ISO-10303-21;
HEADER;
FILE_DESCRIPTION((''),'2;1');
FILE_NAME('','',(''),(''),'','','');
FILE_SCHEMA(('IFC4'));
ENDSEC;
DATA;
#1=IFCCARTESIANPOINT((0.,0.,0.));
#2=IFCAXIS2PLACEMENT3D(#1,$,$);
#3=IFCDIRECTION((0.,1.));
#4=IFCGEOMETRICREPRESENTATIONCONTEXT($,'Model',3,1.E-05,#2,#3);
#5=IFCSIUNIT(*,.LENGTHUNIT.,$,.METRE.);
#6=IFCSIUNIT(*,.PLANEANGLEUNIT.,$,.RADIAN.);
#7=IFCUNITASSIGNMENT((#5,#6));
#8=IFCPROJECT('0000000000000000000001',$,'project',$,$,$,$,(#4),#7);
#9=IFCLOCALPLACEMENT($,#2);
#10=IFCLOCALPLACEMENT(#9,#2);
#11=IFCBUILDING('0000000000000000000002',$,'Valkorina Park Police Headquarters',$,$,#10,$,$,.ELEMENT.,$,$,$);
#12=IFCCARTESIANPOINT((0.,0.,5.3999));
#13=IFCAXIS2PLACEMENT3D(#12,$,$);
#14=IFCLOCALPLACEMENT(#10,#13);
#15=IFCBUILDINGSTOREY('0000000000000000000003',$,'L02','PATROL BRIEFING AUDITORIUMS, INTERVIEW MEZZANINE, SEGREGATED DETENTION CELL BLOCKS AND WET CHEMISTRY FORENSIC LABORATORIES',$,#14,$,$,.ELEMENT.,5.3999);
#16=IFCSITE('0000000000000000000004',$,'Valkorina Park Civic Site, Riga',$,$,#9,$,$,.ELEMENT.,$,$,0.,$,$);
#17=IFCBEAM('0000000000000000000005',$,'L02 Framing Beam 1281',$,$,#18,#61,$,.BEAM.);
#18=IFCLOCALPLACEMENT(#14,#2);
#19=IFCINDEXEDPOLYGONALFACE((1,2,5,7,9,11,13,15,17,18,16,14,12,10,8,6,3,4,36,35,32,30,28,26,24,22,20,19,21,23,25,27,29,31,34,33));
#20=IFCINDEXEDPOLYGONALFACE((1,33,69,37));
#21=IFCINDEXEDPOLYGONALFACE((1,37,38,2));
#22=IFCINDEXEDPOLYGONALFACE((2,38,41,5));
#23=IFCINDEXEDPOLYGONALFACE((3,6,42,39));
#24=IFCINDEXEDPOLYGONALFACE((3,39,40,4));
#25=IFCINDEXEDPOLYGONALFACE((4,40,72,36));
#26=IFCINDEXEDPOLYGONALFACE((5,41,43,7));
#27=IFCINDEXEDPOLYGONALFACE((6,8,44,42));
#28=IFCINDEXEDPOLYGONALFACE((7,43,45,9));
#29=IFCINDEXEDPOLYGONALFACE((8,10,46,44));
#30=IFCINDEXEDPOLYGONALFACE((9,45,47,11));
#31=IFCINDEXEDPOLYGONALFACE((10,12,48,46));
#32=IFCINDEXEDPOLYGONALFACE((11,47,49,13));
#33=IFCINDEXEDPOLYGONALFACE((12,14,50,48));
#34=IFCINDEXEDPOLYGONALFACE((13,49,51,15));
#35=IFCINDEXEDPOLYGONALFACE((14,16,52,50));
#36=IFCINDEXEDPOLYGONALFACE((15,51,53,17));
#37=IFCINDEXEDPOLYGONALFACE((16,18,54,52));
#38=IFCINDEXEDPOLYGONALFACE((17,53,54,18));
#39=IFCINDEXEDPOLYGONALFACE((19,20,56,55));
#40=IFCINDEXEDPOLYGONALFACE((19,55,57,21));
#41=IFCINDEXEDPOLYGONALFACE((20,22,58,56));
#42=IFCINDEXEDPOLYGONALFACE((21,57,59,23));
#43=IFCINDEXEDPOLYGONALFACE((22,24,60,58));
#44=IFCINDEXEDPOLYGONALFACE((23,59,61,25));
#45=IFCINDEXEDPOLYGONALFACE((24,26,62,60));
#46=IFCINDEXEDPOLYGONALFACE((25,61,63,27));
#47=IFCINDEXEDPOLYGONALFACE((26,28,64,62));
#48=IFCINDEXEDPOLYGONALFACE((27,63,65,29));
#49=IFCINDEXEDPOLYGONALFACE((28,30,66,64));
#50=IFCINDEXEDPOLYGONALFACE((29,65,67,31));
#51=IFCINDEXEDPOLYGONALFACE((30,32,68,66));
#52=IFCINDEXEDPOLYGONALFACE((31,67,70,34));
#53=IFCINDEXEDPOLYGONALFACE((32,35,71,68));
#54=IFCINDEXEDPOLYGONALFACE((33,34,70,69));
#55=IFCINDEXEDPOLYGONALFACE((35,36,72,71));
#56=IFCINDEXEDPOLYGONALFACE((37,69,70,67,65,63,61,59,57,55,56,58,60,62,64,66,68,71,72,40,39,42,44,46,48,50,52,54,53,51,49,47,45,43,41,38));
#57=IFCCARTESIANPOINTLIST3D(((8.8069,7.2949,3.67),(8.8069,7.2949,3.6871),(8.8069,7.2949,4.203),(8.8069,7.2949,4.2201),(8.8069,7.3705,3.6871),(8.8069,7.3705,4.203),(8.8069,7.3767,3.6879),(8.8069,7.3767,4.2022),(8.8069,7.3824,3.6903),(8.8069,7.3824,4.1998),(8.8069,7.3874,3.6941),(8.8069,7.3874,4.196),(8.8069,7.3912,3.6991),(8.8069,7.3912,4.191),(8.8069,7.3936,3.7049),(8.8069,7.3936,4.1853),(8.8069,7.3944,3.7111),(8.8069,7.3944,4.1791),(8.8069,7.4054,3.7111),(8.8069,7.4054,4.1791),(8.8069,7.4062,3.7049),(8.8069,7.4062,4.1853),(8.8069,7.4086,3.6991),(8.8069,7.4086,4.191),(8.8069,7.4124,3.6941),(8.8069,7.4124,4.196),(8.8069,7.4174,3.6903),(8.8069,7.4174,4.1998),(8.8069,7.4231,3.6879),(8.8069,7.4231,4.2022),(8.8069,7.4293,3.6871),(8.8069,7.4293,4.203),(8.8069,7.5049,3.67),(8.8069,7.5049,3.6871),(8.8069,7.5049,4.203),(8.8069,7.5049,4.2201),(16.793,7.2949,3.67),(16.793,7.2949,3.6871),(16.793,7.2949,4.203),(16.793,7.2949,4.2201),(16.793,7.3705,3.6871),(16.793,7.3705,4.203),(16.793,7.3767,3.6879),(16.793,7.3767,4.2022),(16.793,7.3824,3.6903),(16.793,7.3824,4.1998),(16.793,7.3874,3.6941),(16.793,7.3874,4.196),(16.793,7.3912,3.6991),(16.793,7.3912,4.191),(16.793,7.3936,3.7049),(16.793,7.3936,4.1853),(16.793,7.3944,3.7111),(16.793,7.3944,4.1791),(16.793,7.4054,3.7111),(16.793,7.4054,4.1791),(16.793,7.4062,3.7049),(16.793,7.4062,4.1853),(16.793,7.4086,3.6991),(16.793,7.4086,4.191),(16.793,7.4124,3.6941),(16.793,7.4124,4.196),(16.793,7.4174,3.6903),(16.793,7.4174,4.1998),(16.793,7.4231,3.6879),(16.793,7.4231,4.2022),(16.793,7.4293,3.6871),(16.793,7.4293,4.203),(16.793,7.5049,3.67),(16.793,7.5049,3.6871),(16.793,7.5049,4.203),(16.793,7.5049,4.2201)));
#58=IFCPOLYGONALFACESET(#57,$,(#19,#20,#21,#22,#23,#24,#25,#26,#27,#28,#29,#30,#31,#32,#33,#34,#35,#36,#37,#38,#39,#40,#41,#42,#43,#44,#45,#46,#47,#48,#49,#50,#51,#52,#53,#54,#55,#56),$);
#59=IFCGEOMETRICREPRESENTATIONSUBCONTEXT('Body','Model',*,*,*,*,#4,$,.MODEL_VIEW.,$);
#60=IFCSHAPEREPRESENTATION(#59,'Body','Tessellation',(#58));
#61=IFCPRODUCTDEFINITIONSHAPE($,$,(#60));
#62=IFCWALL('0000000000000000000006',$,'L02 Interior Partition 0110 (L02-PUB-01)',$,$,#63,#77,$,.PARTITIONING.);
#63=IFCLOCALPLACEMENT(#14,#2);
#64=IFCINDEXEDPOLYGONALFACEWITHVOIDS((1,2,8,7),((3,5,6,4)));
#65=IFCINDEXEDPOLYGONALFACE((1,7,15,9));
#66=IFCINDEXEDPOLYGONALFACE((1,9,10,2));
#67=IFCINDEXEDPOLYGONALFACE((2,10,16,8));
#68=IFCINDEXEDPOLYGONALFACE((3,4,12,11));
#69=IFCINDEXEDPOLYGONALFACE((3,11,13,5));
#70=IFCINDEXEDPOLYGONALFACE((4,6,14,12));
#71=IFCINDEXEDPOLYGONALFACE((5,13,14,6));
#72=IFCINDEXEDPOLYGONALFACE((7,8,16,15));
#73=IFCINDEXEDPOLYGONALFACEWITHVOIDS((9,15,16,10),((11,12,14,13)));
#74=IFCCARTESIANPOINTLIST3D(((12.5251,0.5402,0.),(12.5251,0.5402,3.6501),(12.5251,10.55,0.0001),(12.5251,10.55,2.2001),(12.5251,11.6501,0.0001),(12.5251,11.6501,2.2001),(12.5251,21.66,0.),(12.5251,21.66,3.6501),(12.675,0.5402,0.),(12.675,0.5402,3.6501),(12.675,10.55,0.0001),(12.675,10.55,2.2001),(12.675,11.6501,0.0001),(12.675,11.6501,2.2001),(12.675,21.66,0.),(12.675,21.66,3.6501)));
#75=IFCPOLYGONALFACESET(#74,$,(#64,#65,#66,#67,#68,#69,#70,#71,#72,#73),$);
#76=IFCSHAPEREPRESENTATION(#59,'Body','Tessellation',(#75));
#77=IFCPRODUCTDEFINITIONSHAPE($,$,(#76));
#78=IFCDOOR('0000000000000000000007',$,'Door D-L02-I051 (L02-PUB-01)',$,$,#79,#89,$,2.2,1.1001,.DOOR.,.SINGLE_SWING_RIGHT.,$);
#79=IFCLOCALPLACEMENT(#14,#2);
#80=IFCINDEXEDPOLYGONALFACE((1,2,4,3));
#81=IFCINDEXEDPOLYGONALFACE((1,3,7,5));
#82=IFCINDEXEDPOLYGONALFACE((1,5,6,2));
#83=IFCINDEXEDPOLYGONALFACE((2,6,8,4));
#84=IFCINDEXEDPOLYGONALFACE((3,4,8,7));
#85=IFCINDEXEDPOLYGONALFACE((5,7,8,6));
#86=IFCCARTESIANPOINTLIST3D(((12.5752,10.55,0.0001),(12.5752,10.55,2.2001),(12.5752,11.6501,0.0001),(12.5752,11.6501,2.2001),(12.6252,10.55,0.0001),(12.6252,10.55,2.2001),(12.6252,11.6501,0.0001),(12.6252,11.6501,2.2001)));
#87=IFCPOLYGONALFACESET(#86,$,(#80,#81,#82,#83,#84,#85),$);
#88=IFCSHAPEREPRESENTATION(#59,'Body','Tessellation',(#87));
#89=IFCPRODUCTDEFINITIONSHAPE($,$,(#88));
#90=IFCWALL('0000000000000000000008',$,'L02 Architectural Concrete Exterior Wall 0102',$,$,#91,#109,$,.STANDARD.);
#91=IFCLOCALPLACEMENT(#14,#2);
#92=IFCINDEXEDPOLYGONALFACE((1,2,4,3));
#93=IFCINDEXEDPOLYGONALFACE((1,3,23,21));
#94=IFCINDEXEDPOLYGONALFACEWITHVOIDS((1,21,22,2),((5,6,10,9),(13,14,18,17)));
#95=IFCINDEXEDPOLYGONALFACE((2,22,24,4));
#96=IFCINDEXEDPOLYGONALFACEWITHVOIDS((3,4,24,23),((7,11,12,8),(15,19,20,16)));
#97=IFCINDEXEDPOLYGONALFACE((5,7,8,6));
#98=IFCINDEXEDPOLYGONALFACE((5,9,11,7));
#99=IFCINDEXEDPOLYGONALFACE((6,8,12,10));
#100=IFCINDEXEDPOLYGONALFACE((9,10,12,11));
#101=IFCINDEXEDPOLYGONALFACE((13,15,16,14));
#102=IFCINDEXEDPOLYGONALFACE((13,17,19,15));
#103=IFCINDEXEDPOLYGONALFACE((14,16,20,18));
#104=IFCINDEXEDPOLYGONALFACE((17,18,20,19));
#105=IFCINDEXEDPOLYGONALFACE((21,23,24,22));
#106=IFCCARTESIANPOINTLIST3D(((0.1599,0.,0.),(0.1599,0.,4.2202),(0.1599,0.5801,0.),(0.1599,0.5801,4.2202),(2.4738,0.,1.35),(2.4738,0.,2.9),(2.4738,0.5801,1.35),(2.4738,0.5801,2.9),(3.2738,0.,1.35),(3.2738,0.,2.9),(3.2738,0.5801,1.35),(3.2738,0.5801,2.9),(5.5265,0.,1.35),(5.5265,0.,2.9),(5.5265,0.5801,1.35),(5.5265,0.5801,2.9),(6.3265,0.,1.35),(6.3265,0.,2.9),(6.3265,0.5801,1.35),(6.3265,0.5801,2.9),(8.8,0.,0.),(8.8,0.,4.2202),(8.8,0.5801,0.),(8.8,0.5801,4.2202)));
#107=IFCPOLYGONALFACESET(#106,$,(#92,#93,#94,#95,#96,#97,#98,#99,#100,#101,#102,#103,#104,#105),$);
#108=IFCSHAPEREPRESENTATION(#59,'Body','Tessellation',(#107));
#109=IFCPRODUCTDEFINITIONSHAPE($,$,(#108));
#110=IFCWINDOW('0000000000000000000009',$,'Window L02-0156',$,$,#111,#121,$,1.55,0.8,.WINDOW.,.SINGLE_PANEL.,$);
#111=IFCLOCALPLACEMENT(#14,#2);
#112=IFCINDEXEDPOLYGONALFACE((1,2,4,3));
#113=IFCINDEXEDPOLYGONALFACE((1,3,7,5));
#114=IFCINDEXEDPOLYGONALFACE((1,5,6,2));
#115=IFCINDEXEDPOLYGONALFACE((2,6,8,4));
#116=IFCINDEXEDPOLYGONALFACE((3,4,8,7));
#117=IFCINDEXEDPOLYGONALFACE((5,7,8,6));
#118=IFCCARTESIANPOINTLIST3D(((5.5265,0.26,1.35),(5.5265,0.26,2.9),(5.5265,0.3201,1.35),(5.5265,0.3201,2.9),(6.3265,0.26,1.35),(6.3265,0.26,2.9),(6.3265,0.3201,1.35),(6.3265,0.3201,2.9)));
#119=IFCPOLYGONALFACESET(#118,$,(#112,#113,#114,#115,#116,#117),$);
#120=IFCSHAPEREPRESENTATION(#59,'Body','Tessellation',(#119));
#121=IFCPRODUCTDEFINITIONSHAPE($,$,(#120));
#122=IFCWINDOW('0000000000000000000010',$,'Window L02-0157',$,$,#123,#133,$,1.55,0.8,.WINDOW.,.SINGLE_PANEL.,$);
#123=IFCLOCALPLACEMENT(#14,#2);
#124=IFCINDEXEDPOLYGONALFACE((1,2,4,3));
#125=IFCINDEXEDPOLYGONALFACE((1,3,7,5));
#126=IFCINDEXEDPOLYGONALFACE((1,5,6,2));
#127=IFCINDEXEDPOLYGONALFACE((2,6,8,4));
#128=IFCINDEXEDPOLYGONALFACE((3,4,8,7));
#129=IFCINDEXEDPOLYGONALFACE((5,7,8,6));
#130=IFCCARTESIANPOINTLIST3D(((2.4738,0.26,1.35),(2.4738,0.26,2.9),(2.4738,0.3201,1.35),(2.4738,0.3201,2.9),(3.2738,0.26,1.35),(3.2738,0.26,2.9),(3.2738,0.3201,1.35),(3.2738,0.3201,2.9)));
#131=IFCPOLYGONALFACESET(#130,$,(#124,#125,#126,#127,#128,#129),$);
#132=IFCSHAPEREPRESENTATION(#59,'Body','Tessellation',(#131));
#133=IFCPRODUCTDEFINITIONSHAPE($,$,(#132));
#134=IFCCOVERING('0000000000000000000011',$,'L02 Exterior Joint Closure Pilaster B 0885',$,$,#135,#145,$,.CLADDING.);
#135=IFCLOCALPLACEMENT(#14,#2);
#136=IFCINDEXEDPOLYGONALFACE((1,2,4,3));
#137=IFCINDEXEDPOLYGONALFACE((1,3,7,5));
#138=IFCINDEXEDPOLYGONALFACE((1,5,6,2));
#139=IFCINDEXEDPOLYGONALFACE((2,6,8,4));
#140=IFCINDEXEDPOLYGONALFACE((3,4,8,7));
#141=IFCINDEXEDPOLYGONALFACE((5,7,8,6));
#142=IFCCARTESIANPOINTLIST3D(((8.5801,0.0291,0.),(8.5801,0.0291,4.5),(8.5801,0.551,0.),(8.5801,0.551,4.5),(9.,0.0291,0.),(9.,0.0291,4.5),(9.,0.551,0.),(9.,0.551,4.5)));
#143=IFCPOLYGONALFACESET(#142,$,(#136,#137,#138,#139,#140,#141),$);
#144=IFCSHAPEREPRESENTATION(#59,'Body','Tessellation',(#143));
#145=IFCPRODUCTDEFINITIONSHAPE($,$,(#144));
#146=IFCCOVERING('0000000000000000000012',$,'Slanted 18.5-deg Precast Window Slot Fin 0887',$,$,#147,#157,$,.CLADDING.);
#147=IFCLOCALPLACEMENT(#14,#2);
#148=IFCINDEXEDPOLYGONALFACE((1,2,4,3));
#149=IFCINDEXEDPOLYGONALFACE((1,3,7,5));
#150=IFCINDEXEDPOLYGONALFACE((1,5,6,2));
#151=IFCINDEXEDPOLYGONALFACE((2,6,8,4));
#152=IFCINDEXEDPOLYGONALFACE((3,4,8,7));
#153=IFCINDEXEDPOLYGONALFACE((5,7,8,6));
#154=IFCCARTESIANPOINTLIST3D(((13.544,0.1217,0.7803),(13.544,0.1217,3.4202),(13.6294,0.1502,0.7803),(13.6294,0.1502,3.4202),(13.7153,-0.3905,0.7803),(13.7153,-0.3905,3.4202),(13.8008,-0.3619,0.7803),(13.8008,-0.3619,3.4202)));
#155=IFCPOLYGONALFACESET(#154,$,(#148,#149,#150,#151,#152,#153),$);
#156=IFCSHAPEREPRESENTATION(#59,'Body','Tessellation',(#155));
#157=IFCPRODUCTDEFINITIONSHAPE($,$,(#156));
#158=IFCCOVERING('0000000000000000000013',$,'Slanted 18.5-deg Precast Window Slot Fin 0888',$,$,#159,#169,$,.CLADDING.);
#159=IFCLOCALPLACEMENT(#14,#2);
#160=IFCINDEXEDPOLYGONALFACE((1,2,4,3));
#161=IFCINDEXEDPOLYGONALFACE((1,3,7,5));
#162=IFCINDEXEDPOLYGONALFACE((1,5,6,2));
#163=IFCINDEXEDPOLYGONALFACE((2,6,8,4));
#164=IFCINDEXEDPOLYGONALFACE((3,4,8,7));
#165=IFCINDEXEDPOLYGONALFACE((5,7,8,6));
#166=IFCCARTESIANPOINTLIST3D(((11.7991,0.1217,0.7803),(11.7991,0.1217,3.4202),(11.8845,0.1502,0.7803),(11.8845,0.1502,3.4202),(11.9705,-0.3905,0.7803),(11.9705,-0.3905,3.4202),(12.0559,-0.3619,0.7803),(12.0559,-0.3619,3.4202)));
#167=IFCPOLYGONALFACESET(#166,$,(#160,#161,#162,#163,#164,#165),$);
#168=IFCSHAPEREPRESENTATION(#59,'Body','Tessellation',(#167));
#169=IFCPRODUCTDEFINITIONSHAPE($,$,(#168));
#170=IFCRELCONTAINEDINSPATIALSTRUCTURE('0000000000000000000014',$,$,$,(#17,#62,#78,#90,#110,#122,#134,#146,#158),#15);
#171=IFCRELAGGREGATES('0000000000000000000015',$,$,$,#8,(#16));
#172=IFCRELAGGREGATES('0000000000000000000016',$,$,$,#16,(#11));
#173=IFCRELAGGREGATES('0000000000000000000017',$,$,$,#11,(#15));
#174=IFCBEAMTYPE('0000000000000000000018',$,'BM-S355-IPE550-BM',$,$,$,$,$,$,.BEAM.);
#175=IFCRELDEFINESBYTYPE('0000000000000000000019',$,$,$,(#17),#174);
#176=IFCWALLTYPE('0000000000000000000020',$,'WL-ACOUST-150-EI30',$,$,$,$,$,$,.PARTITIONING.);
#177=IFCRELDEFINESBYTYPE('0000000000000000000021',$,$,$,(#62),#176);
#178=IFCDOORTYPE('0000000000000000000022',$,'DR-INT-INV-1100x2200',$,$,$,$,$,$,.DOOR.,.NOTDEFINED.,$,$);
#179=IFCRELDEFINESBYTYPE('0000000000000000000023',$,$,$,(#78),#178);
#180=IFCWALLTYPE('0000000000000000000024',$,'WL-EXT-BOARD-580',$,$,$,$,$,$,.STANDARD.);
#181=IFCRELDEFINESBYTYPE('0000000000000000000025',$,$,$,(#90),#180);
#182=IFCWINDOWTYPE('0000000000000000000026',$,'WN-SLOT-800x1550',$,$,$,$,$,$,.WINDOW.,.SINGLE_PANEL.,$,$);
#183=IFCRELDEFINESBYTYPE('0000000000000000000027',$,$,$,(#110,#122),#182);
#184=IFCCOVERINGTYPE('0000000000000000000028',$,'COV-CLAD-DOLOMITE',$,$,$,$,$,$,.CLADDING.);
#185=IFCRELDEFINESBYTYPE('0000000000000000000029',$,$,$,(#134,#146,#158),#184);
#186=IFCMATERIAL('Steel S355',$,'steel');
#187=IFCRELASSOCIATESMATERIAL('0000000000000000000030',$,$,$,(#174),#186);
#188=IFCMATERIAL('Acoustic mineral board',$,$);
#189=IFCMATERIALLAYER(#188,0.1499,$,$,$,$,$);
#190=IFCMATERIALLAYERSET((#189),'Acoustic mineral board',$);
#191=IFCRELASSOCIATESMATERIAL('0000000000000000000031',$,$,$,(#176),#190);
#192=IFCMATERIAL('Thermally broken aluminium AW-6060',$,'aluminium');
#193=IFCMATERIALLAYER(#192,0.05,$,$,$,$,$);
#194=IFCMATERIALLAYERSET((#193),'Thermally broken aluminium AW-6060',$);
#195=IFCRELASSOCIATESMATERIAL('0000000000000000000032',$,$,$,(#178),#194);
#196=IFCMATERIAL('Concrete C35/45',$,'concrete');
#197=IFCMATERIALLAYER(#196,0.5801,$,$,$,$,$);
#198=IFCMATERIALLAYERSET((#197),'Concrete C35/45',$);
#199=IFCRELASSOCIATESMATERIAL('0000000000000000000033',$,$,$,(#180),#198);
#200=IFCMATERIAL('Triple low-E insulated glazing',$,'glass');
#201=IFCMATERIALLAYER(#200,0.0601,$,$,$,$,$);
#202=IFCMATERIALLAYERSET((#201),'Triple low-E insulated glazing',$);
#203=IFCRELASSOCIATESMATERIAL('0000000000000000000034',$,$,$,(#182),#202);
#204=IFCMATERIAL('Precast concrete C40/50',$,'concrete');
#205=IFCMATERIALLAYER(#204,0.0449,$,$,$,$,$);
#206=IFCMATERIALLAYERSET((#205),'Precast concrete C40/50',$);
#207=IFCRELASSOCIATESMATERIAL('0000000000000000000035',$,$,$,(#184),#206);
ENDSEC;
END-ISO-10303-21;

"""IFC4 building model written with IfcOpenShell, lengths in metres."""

from ifc_helpers import new_model, si_unit, direction, frame, frame_2d, origin, origin_2d, place, context, subcontext, project, spatial, rectangle, i_section, extrude, material, layer, layer_set, material_profile, profile_set, type_object, element, fill, save


model = new_model("IFC4")

# Units and contexts
model_context = context("Model", 3, precision=1e-05, world=origin(), true_north=direction((0.0, 1.0)))
body_context = subcontext(model_context, "Body", "Model", "MODEL_VIEW")
ifc_project = project(units=[si_unit("LENGTHUNIT", "METRE"), si_unit("PLANEANGLEUNIT", "RADIAN")], contexts=[model_context])

# Site, building, storey
site_placement = place(None, origin())
site = spatial("IfcSite", under=ifc_project, at=site_placement, Name="Valkorina Park Civic Site, Riga", CompositionType="ELEMENT", RefElevation=0.0)
building_placement = place(site_placement, origin())
building = spatial("IfcBuilding", under=site, at=building_placement, Name="Valkorina Park Police Headquarters", CompositionType="ELEMENT")
storey_placement = place(building_placement, frame((0.0, 0.0, 5.3999)))
storey = spatial("IfcBuildingStorey", under=building, at=storey_placement, Name="L02", Description="PATROL BRIEFING AUDITORIUMS, INTERVIEW MEZZANINE, SEGREGATED DETENTION CELL BLOCKS AND WET CHEMISTRY FORENSIC LABORATORIES", CompositionType="ELEMENT", Elevation=5.3999)

# Shared definitions
ifc_material_1 = material(Name="Steel S355", Category="steel")

# Beam
ifc_material_profile_1 = material_profile(ifc_material_1, i_section(OverallWidth=0.21, OverallDepth=0.55, WebThickness=0.011, FlangeThickness=0.0171, FilletRadius=0.0239, at=origin_2d()), Name="IPE 550")
ifc_profile_set_1 = profile_set([ifc_material_profile_1], Name="Steel S355")
beam_type_1 = type_object("IfcBeamType", Name="BM-S355-IPE550-BM", PredefinedType="BEAM", material=ifc_profile_set_1)
beam_1_placement = place(storey_placement, frame((8.8069, 7.3999, 3.9451), z_axis=(1.0, 0.0, 0.0), x_axis=(0.0, 1.0, 0.0)))
element("IfcBeam", 1, at=beam_1_placement, inside=storey, type_object=beam_type_1, Name="L02 Framing Beam 1281", PredefinedType="BEAM", context=body_context, shape_type="SweptSolid", body=[
    extrude(i_section(OverallWidth=0.21, OverallDepth=0.55, WebThickness=0.011, FlangeThickness=0.0171, FilletRadius=0.0239, at=origin_2d()), origin(), (0.0, 0.0, 1.0), 7.9861),
])

# Wall, opening, door
ifc_material_2 = material(Name="Acoustic mineral board")
ifc_layer_1 = layer(ifc_material_2, 0.1499)
ifc_layer_set_1 = layer_set([ifc_layer_1], Name="Acoustic mineral board")
wall_type_1 = type_object("IfcWallType", Name="WL-ACOUST-150-EI30", PredefinedType="PARTITIONING", material=ifc_layer_set_1)
wall_1_placement = place(storey_placement, frame((12.6001, 0.54, 0.0), z_axis=(0.0, 0.0, 1.0), x_axis=(0.0, 1.0, 0.0)))
wall_1 = element("IfcWall", 2, at=wall_1_placement, inside=storey, type_object=wall_type_1, Name="L02 Interior Partition 0110 (L02-PUB-01)", PredefinedType="PARTITIONING", context=body_context, shape_type="SweptSolid", body=[
    extrude(rectangle(XDim=21.1199, YDim=0.1499, at=frame_2d((10.5601, 0.0))), origin(), (0.0, 0.0, 1.0), 3.6501),
])
opening_1_placement = place(wall_1_placement, frame((10.01, 0.0, 0.0)))
opening_1 = element("IfcOpeningElement", 3, at=opening_1_placement, cuts=wall_1, PredefinedType="OPENING", context=body_context, shape_type="SweptSolid", body=[
    extrude(rectangle(XDim=1.1001, YDim=2.2, at=frame_2d((0.55, 1.1001))), frame((0.0, 0.085, 0.0), z_axis=(0.0, -1.0, 0.0), x_axis=(1.0, 0.0, 0.0)), (0.0, 0.0, 1.0), 0.1699),
])
ifc_material_3 = material(Name="Thermally broken aluminium AW-6060", Category="aluminium")
ifc_layer_2 = layer(ifc_material_3, 0.05)
ifc_layer_set_2 = layer_set([ifc_layer_2], Name="Thermally broken aluminium AW-6060")
door_type = type_object("IfcDoorType", Name="DR-INT-INV-1100x2200", OperationType="NOTDEFINED", PredefinedType="DOOR", material=ifc_layer_set_2)
door_placement = place(opening_1_placement, origin())
door = element("IfcDoor", 4, at=door_placement, inside=storey, type_object=door_type, Name="Door D-L02-I051 (L02-PUB-01)", OperationType="SINGLE_SWING_RIGHT", OverallHeight=2.2, OverallWidth=1.1001, PredefinedType="DOOR", context=body_context, shape_type="SweptSolid", body=[
    extrude(rectangle(XDim=1.1001, YDim=2.2, at=frame_2d((0.55, 1.1001))), frame((0.0, 0.0249, 0.0), z_axis=(0.0, -1.0, 0.0), x_axis=(1.0, 0.0, 0.0)), (0.0, 0.0, 1.0), 0.05),
])
fill(opening_1, door)

# Wall, openings, windows
ifc_material_4 = material(Name="Concrete C35/45", Category="concrete")
ifc_layer_3 = layer(ifc_material_4, 0.5801)
ifc_layer_set_3 = layer_set([ifc_layer_3], Name="Concrete C35/45")
wall_type_2 = type_object("IfcWallType", Name="WL-EXT-BOARD-580", PredefinedType="STANDARD", material=ifc_layer_set_3)
wall_2_placement = place(storey_placement, frame((8.8, 0.29, 0.0), z_axis=(0.0, 0.0, 1.0), x_axis=(-1.0, 0.0, 0.0)))
wall_2 = element("IfcWall", 5, at=wall_2_placement, inside=storey, type_object=wall_type_2, Name="L02 Architectural Concrete Exterior Wall 0102", PredefinedType="STANDARD", context=body_context, shape_type="SweptSolid", body=[
    extrude(rectangle(XDim=8.6401, YDim=0.5801, at=frame_2d((4.3201, 0.0))), origin(), (0.0, 0.0, 1.0), 4.2202),
])
opening_2_placement = place(wall_2_placement, frame((2.4736, 0.0, 1.3501)))
opening_2 = element("IfcOpeningElement", 6, at=opening_2_placement, cuts=wall_2, PredefinedType="OPENING", context=body_context, shape_type="SweptSolid", body=[
    extrude(rectangle(XDim=0.8, YDim=1.55, at=frame_2d((0.3999, 0.7749))), frame((0.0, 0.3, 0.0), z_axis=(0.0, -1.0, 0.0), x_axis=(1.0, 0.0, 0.0)), (0.0, 0.0, 1.0), 0.6001),
])
opening_3_placement = place(wall_2_placement, frame((5.5264, 0.0, 1.3501)))
opening_3 = element("IfcOpeningElement", 7, at=opening_3_placement, cuts=wall_2, PredefinedType="OPENING", context=body_context, shape_type="SweptSolid", body=[
    extrude(rectangle(XDim=0.8, YDim=1.55, at=frame_2d((0.3999, 0.7749))), frame((0.0, 0.3, 0.0), z_axis=(0.0, -1.0, 0.0), x_axis=(1.0, 0.0, 0.0)), (0.0, 0.0, 1.0), 0.6001),
])
ifc_material_5 = material(Name="Triple low-E insulated glazing", Category="glass")
ifc_layer_4 = layer(ifc_material_5, 0.0601)
ifc_layer_set_4 = layer_set([ifc_layer_4], Name="Triple low-E insulated glazing")
window_type = type_object("IfcWindowType", Name="WN-SLOT-800x1550", PartitioningType="SINGLE_PANEL", PredefinedType="WINDOW", material=ifc_layer_set_4)
window_1_placement = place(opening_2_placement, origin())
window_1 = element("IfcWindow", 8, at=window_1_placement, inside=storey, type_object=window_type, Name="Window L02-0156", OverallHeight=1.55, OverallWidth=0.8, PartitioningType="SINGLE_PANEL", PredefinedType="WINDOW", context=body_context, shape_type="SweptSolid", body=[
    extrude(rectangle(XDim=0.8, YDim=1.55, at=frame_2d((0.3999, 0.7749))), frame((0.0, 0.03, 0.0), z_axis=(0.0, -1.0, 0.0), x_axis=(1.0, 0.0, 0.0)), (0.0, 0.0, 1.0), 0.0601),
])
fill(opening_2, window_1)
window_2_placement = place(opening_3_placement, origin())
window_2 = element("IfcWindow", 9, at=window_2_placement, inside=storey, type_object=window_type, Name="Window L02-0157", OverallHeight=1.55, OverallWidth=0.8, PartitioningType="SINGLE_PANEL", PredefinedType="WINDOW", context=body_context, shape_type="SweptSolid", body=[
    extrude(rectangle(XDim=0.8, YDim=1.55, at=frame_2d((0.3999, 0.7749))), frame((0.0, 0.03, 0.0), z_axis=(0.0, -1.0, 0.0), x_axis=(1.0, 0.0, 0.0)), (0.0, 0.0, 1.0), 0.0601),
])
fill(opening_3, window_2)

# Coverings
ifc_material_6 = material(Name="Precast concrete C40/50", Category="concrete")
ifc_layer_5 = layer(ifc_material_6, 0.0449)
ifc_layer_set_5 = layer_set([ifc_layer_5], Name="Precast concrete C40/50")
covering_type = type_object("IfcCoveringType", Name="COV-CLAD-DOLOMITE", PredefinedType="CLADDING", material=ifc_layer_set_5)
covering_1_placement = place(storey_placement, frame((8.79, 0.29, 0.0), z_axis=(0.0, 0.0, 1.0), x_axis=(1.0, 0.0, 0.0)))
element("IfcCovering", 10, at=covering_1_placement, inside=storey, type_object=covering_type, Name="L02 Exterior Joint Closure Pilaster B 0885", PredefinedType="CLADDING", context=body_context, shape_type="SweptSolid", body=[
    extrude(rectangle(XDim=0.4199, YDim=0.522, at=origin_2d()), origin(), (0.0, 0.0, 1.0), 4.5),
])
for number, where, z_axis, x_axis, name in (
    (11, (13.6724, -0.1201, 0.7803), (0.0, 0.0, 1.0), (0.317305, -0.948324, 0.0), "Slanted 18.5-deg Precast Window Slot Fin 0887"),
    (12, (11.9275, -0.1201, 0.7803), (0.0, 0.0, 1.0), (0.317305, -0.948324, 0.0), "Slanted 18.5-deg Precast Window Slot Fin 0888"),
):
    element("IfcCovering", number, at=place(storey_placement, frame(where, z_axis=z_axis, x_axis=x_axis)), inside=storey, type_object=covering_type, Name=name, PredefinedType="CLADDING", context=body_context, shape_type="SweptSolid", body=[
        extrude(rectangle(XDim=0.54, YDim=0.0901, at=origin_2d()), origin(), (0.0, 0.0, 1.0), 2.6399),
    ])

save(model, "model.ifc")
